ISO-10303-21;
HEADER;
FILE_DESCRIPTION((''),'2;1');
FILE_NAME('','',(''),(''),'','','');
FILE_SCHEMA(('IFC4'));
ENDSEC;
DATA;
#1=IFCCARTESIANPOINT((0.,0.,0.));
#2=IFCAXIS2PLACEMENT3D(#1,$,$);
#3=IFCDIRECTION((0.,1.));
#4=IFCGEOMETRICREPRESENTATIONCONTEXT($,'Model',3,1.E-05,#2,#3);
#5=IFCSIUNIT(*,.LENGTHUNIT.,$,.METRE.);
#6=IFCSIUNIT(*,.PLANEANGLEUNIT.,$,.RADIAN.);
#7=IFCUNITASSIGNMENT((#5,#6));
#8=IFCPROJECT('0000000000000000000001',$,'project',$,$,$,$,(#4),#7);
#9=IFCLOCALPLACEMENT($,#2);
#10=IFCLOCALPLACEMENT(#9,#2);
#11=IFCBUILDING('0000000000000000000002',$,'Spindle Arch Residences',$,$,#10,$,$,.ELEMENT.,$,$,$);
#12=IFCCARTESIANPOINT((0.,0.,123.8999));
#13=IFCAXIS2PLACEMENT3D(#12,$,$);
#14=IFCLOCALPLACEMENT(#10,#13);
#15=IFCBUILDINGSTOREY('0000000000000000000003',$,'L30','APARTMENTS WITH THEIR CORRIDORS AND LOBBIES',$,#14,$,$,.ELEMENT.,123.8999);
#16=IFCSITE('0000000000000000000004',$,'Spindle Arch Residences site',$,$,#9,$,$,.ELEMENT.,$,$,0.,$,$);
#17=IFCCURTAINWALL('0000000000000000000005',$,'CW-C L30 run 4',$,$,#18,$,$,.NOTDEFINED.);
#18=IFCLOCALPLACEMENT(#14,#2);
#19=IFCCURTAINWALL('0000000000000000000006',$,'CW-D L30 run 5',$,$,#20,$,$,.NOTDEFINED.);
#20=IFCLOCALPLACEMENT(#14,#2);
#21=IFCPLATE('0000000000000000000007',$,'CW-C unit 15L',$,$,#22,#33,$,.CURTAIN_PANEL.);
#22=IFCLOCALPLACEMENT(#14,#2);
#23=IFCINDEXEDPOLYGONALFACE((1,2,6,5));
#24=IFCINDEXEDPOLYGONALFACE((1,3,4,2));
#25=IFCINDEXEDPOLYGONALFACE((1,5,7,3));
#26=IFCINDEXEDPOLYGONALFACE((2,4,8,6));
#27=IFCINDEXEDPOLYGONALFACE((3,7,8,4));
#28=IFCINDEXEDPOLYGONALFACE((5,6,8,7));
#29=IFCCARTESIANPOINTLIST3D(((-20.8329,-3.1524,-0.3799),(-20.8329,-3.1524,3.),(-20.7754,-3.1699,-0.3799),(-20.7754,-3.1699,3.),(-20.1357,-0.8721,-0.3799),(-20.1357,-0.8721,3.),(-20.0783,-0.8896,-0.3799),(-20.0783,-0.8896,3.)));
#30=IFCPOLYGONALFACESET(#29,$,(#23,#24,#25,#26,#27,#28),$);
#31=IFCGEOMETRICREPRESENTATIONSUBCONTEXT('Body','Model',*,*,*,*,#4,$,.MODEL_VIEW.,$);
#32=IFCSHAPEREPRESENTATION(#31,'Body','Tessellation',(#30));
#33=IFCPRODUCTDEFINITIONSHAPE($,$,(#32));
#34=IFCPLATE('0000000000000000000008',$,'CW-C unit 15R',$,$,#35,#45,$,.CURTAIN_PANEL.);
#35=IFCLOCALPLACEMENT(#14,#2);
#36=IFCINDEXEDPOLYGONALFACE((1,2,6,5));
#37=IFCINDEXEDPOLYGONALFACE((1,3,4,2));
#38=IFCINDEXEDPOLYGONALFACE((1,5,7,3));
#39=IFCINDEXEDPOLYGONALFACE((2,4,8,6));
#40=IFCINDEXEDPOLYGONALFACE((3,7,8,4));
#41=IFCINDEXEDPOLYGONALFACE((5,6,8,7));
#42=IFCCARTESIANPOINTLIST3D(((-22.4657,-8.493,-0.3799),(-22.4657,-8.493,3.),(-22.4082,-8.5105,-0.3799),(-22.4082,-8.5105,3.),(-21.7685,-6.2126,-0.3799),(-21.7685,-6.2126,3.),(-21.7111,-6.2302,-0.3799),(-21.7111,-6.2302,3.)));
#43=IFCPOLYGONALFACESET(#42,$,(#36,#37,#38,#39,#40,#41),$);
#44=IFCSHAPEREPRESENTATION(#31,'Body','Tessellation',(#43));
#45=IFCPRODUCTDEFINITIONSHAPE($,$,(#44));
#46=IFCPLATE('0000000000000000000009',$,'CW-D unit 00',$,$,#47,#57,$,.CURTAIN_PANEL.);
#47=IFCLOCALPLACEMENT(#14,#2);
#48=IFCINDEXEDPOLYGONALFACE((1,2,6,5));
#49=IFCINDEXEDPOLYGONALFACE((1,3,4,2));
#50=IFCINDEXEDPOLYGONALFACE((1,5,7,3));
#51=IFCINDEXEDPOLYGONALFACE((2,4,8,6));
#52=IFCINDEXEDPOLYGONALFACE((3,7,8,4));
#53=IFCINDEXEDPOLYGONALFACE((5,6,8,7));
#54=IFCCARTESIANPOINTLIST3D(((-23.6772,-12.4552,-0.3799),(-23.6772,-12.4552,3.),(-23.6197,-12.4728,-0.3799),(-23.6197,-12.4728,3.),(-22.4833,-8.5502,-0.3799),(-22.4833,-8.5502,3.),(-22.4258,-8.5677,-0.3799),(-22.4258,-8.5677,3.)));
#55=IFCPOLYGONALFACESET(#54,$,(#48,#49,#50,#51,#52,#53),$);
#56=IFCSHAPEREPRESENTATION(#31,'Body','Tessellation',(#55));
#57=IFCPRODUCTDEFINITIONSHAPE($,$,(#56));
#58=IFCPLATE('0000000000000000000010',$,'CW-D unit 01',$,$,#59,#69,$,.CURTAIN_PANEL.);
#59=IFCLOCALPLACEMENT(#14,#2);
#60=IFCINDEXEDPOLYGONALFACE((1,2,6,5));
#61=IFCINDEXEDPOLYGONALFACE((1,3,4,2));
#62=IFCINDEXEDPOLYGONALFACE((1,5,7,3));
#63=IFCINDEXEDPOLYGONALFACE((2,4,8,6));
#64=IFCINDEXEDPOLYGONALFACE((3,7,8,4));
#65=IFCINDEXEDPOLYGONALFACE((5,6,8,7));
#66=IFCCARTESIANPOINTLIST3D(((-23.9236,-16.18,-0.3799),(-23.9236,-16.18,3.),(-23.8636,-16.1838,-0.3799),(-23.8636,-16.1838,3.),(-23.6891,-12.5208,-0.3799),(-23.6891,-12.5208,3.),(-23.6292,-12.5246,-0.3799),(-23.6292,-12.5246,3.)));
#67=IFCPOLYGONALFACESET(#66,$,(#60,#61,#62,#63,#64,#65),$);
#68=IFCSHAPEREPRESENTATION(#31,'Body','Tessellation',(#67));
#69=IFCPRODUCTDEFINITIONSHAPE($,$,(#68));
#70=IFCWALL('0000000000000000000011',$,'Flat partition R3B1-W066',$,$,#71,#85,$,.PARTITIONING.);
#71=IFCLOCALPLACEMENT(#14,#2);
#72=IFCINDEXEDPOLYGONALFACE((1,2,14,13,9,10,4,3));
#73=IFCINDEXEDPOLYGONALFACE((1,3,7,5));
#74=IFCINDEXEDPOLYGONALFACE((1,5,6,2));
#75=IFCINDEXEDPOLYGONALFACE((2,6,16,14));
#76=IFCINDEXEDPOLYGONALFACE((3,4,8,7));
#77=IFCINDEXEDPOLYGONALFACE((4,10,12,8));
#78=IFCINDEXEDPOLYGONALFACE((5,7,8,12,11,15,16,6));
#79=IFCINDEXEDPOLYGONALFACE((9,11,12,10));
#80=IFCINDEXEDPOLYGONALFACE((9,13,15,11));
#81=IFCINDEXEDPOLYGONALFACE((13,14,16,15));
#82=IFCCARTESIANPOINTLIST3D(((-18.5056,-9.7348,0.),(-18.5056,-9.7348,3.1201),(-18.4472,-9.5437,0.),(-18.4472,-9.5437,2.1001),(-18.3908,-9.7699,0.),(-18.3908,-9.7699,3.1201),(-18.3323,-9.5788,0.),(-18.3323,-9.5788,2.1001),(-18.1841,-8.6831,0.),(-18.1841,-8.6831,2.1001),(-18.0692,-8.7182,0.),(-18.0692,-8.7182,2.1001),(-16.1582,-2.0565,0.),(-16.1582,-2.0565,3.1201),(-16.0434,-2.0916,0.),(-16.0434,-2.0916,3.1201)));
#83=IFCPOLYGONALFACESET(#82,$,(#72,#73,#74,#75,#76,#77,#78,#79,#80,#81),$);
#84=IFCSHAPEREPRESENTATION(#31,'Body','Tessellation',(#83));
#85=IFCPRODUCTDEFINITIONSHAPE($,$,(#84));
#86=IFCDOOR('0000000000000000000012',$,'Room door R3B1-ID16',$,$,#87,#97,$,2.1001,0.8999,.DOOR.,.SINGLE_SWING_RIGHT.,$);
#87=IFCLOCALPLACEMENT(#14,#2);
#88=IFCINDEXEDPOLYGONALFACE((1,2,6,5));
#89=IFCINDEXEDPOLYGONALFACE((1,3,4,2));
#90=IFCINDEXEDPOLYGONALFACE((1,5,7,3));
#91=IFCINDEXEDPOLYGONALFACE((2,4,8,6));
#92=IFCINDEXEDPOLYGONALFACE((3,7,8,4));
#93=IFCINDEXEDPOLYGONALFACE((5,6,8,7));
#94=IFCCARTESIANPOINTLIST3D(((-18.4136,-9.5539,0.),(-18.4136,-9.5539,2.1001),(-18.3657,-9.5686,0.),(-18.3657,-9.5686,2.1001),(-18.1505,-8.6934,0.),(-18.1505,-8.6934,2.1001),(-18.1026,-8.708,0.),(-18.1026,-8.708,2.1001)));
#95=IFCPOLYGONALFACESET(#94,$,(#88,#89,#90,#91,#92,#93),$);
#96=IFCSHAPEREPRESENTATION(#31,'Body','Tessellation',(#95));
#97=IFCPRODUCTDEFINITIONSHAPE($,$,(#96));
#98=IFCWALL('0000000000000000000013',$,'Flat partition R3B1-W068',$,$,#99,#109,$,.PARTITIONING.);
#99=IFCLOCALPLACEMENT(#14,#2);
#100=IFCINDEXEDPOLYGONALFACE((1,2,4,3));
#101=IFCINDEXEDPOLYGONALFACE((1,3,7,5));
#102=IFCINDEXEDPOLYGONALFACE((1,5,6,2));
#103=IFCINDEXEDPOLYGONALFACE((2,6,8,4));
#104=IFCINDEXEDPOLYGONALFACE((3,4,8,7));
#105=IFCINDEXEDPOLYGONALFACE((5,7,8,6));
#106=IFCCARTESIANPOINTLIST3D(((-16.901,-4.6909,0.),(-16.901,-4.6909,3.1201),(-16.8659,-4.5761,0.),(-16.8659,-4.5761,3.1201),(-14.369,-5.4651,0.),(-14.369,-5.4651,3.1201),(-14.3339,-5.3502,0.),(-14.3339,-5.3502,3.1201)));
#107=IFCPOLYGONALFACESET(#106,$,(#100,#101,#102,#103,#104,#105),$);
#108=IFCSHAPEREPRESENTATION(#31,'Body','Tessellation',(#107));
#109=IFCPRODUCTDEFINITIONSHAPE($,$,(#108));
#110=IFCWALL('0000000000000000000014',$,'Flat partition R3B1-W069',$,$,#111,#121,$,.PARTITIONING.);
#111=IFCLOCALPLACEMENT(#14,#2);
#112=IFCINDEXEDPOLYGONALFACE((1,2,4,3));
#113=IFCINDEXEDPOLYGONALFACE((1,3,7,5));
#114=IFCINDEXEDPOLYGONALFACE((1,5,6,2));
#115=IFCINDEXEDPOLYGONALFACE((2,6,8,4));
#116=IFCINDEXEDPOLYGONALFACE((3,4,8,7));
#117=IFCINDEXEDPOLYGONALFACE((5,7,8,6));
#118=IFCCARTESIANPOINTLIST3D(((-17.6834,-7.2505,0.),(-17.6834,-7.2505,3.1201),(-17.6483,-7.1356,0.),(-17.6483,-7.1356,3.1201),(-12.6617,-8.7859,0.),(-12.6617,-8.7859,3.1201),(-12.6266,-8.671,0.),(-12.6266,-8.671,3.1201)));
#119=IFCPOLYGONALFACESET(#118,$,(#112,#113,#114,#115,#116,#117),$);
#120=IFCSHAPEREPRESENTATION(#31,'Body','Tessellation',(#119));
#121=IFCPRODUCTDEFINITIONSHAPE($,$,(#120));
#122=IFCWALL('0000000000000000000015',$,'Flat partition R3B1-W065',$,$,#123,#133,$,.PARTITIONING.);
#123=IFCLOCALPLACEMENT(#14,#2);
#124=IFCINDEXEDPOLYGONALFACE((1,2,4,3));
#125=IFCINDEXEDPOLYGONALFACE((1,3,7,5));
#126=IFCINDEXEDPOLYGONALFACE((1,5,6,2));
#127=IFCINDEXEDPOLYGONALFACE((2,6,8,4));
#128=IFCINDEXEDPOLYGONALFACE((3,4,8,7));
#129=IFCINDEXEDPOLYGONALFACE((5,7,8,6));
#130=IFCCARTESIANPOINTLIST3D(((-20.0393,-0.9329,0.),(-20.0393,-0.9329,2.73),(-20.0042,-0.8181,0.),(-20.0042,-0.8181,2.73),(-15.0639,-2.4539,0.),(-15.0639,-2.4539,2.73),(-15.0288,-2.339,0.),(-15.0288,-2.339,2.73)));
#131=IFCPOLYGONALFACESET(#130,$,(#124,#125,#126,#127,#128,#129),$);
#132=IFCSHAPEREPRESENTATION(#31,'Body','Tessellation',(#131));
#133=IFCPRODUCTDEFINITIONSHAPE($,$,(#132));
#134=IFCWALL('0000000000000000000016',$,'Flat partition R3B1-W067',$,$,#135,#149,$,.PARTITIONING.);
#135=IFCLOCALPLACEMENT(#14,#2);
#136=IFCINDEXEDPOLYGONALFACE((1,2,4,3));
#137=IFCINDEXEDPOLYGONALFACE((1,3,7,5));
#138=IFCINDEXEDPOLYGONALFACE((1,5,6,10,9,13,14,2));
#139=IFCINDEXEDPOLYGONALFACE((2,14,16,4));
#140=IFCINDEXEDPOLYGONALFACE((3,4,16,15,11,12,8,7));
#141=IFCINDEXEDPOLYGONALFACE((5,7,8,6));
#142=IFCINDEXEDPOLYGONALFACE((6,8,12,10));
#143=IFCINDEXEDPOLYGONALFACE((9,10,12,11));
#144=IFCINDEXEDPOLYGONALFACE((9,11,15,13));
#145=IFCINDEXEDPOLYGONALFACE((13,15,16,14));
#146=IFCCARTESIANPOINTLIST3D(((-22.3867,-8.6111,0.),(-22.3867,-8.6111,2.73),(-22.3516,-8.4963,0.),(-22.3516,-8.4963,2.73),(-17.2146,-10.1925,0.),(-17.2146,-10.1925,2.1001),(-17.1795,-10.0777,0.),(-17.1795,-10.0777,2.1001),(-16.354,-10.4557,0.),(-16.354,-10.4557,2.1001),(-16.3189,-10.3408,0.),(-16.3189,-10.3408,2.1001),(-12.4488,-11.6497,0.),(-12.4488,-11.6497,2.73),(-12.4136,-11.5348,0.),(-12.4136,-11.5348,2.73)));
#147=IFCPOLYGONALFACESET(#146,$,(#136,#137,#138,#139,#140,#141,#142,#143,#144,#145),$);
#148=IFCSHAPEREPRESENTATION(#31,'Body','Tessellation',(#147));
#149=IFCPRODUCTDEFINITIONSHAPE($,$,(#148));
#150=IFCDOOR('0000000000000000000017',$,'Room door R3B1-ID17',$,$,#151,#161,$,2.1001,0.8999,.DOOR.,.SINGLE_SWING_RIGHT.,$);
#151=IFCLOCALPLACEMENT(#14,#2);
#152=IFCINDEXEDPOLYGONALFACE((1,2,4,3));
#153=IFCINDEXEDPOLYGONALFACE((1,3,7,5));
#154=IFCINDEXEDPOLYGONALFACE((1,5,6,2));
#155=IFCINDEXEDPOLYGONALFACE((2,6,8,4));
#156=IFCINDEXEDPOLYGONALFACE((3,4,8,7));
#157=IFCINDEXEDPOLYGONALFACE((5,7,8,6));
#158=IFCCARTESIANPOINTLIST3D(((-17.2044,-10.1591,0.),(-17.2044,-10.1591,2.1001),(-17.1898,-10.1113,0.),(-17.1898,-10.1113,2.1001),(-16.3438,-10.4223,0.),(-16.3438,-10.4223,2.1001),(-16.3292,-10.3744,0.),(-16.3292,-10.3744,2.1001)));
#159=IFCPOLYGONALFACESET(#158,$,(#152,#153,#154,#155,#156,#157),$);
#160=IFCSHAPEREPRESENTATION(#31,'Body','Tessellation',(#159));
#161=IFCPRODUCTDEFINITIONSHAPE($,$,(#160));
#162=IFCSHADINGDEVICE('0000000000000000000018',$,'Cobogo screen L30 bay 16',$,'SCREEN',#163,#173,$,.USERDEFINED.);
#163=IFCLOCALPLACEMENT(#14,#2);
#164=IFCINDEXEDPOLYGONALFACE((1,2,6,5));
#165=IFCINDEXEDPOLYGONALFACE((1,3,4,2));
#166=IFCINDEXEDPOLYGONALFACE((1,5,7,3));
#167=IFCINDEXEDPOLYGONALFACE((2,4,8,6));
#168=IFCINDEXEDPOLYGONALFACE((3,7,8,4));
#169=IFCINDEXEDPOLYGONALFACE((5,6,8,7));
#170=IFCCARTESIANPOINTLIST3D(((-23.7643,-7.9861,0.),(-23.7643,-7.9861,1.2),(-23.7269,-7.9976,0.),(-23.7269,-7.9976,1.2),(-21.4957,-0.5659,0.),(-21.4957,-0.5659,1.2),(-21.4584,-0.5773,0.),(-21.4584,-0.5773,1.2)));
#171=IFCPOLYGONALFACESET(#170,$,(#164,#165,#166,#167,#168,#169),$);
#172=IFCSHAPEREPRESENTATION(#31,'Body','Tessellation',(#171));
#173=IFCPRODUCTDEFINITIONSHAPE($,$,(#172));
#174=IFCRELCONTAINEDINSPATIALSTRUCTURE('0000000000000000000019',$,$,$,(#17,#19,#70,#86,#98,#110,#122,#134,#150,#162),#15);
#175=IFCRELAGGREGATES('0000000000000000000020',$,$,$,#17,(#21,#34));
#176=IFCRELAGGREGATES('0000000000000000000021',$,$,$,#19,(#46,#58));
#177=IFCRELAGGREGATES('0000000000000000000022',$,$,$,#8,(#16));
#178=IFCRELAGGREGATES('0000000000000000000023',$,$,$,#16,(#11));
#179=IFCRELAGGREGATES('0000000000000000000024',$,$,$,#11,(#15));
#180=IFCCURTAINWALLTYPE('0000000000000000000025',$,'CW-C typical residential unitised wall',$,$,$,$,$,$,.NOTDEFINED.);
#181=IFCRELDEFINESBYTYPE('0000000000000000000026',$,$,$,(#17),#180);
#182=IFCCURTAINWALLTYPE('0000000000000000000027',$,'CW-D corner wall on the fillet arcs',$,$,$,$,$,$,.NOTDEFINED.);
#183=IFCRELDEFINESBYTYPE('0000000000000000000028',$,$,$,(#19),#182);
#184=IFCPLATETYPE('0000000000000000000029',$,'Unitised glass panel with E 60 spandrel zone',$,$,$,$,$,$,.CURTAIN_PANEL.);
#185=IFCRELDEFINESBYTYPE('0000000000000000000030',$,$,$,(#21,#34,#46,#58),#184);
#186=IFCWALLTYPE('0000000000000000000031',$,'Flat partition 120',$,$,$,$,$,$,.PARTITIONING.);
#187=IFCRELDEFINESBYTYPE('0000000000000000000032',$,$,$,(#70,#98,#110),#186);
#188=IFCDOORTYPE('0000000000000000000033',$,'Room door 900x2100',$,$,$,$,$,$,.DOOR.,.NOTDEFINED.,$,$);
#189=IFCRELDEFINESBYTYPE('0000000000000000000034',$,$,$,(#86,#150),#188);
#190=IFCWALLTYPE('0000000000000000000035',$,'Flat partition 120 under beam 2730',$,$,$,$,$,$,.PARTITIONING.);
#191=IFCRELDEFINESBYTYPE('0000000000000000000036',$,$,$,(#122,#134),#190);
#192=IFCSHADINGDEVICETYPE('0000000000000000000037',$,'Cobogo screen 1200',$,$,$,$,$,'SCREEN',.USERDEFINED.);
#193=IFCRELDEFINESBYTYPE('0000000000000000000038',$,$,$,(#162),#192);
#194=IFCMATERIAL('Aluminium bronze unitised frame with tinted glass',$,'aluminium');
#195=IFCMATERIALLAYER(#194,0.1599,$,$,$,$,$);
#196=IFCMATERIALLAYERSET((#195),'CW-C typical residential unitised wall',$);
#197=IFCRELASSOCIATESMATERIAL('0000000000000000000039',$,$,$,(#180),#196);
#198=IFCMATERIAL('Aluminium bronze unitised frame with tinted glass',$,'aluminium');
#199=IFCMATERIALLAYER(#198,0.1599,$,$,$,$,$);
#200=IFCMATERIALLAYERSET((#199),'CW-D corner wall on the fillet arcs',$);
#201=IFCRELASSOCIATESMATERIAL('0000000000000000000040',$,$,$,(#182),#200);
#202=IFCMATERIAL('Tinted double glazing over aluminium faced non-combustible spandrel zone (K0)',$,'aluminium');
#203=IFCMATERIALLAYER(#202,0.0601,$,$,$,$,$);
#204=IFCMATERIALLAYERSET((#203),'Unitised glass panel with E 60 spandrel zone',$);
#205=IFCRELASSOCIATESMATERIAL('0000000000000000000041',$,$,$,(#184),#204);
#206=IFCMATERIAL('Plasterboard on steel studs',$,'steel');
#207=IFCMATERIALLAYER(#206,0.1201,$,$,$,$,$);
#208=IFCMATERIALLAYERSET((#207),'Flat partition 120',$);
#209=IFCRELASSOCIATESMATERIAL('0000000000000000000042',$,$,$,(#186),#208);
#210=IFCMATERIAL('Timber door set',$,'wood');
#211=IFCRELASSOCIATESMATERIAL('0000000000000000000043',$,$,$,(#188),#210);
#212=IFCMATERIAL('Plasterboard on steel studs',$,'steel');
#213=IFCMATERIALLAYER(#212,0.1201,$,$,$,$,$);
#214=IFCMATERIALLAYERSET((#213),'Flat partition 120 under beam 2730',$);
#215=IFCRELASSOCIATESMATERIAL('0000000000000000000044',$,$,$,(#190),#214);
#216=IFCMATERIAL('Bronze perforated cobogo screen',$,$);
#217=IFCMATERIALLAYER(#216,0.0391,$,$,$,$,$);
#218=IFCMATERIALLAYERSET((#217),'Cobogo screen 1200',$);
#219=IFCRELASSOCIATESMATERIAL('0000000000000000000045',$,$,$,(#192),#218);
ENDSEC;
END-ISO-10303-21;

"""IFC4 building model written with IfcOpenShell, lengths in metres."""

from ifc_helpers import new_model, si_unit, direction, frame, frame_2d, origin, origin_2d, place, context, subcontext, project, spatial, rectangle, extrude, material, layer, layer_set, type_object, element, fill, aggregate, save


model = new_model("IFC4")

# Units and contexts
model_context = context("Model", 3, precision=1e-05, world=origin(), true_north=direction((0.0, 1.0)))
body_context = subcontext(model_context, "Body", "Model", "MODEL_VIEW")
ifc_project = project(units=[si_unit("LENGTHUNIT", "METRE"), si_unit("PLANEANGLEUNIT", "RADIAN")], contexts=[model_context])

# Site, building, storey
site_placement = place(None, origin())
site = spatial("IfcSite", under=ifc_project, at=site_placement, Name="Spindle Arch Residences site", CompositionType="ELEMENT", RefElevation=0.0)
building_placement = place(site_placement, origin())
building = spatial("IfcBuilding", under=site, at=building_placement, Name="Spindle Arch Residences", CompositionType="ELEMENT")
storey_placement = place(building_placement, frame((0.0, 0.0, 123.8999)))
storey = spatial("IfcBuildingStorey", under=building, at=storey_placement, Name="L30", Description="APARTMENTS WITH THEIR CORRIDORS AND LOBBIES", CompositionType="ELEMENT", Elevation=123.8999)

# Curtain wall
ifc_material_1 = material(Name="Aluminium bronze unitised frame with tinted glass", Category="aluminium")
ifc_layer_1 = layer(ifc_material_1, 0.1599)
ifc_layer_set_1 = layer_set([ifc_layer_1], Name="CW-C typical residential unitised wall")
curtain_wall_type_1 = type_object("IfcCurtainWallType", Name="CW-C typical residential unitised wall", PredefinedType="NOTDEFINED", material=ifc_layer_set_1)
curtain_wall_1_placement = place(storey_placement, origin())
curtain_wall_1 = element("IfcCurtainWall", 1, at=curtain_wall_1_placement, inside=storey, type_object=curtain_wall_type_1, Name="CW-C L30 run 4", PredefinedType="NOTDEFINED")

# Curtain wall
ifc_material_2 = material(Name="Aluminium bronze unitised frame with tinted glass", Category="aluminium")
ifc_layer_2 = layer(ifc_material_2, 0.1599)
ifc_layer_set_2 = layer_set([ifc_layer_2], Name="CW-D corner wall on the fillet arcs")
curtain_wall_type_2 = type_object("IfcCurtainWallType", Name="CW-D corner wall on the fillet arcs", PredefinedType="NOTDEFINED", material=ifc_layer_set_2)
curtain_wall_2_placement = place(storey_placement, origin())
curtain_wall_2 = element("IfcCurtainWall", 2, at=curtain_wall_2_placement, inside=storey, type_object=curtain_wall_type_2, Name="CW-D L30 run 5", PredefinedType="NOTDEFINED")

# Plates
ifc_material_3 = material(Name="Tinted double glazing over aluminium faced non-combustible spandrel zone (K0)", Category="aluminium")
ifc_layer_3 = layer(ifc_material_3, 0.0601)
ifc_layer_set_3 = layer_set([ifc_layer_3], Name="Unitised glass panel with E 60 spandrel zone")
plate_type = type_object("IfcPlateType", Name="Unitised glass panel with E 60 spandrel zone", PredefinedType="CURTAIN_PANEL", material=ifc_layer_set_3)
plate_1_placement = place(storey_placement, frame((-20.4556, -2.021, -0.3799), z_axis=(0.0, 0.0, 1.0), x_axis=(-0.292372, -0.956305, 0.0)))
plate_1 = element("IfcPlate", 3, at=plate_1_placement, type_object=plate_type, Name="CW-C unit 15L", PredefinedType="CURTAIN_PANEL", context=body_context, shape_type="SweptSolid", body=[
    extrude(rectangle(XDim=2.3845, YDim=0.0601, at=origin_2d()), origin(), (0.0, 0.0, 1.0), 3.3799),
])
plate_2_placement = place(storey_placement, frame((-22.0884, -7.3616, -0.3799), z_axis=(0.0, 0.0, 1.0), x_axis=(-0.292372, -0.956305, 0.0)))
plate_2 = element("IfcPlate", 4, at=plate_2_placement, type_object=plate_type, Name="CW-C unit 15R", PredefinedType="CURTAIN_PANEL", context=body_context, shape_type="SweptSolid", body=[
    extrude(rectangle(XDim=2.3845, YDim=0.0601, at=origin_2d()), origin(), (0.0, 0.0, 1.0), 3.3799),
])
aggregate(curtain_wall_1, [plate_1, plate_2])
plate_3_placement = place(storey_placement, frame((-23.0515, -10.5115, -0.3799), z_axis=(0.0, 0.0, 1.0), x_axis=(-0.292372, -0.956305, 0.0)))
plate_3 = element("IfcPlate", 5, at=plate_3_placement, type_object=plate_type, Name="CW-D unit 00", PredefinedType="CURTAIN_PANEL", context=body_context, shape_type="SweptSolid", body=[
    extrude(rectangle(XDim=4.0835, YDim=0.0601, at=origin_2d()), origin(), (0.0, 0.0, 1.0), 3.3799),
])
plate_4_placement = place(storey_placement, frame((-23.7764, -14.3523, -0.3799), z_axis=(0.0, 0.0, 1.0), x_axis=(-0.063952, -0.997953, 0.0)))
plate_4 = element("IfcPlate", 6, at=plate_4_placement, type_object=plate_type, Name="CW-D unit 01", PredefinedType="CURTAIN_PANEL", context=body_context, shape_type="SweptSolid", body=[
    extrude(rectangle(XDim=3.6667, YDim=0.0601, at=origin_2d()), origin(), (0.0, 0.0, 1.0), 3.3799),
])
aggregate(curtain_wall_2, [plate_3, plate_4])

# Wall, opening, door
ifc_material_4 = material(Name="Plasterboard on steel studs", Category="steel")
ifc_layer_4 = layer(ifc_material_4, 0.1201)
ifc_layer_set_4 = layer_set([ifc_layer_4], Name="Flat partition 120")
wall_type_1 = type_object("IfcWallType", Name="Flat partition 120", PredefinedType="PARTITIONING", material=ifc_layer_set_4)
wall_1_placement = place(storey_placement, frame((-18.4482, -9.7524, 0.0), z_axis=(0.0, 0.0, 1.0), x_axis=(0.292365, 0.956307, 0.0)))
wall_1 = element("IfcWall", 7, at=wall_1_placement, inside=storey, type_object=wall_type_1, Name="Flat partition R3B1-W066", PredefinedType="PARTITIONING", context=body_context, shape_type="SweptSolid", body=[
    extrude(rectangle(XDim=8.0291, YDim=0.1201, at=frame_2d((4.0146, 0.0))), origin(), (0.0, 0.0, 1.0), 3.1201),
])
opening_1_placement = place(wall_1_placement, frame((0.2, 0.0, 0.0)))
opening_1 = element("IfcOpeningElement", 8, at=opening_1_placement, cuts=wall_1, PredefinedType="OPENING", context=body_context, shape_type="SweptSolid", body=[
    extrude(rectangle(XDim=0.8999, YDim=2.1001, at=frame_2d((0.45, 1.05))), frame((0.0, 0.0701, 0.0), z_axis=(0.0, -1.0, 0.0), x_axis=(1.0, 0.0, 0.0)), (0.0, 0.0, 1.0), 0.1401),
])
ifc_material_5 = material(Name="Timber door set", Category="wood")
door_type_1 = type_object("IfcDoorType", Name="Room door 900x2100", OperationType="NOTDEFINED", PredefinedType="DOOR", material=ifc_material_5)
door_1_placement = place(opening_1_placement, origin())
door_1 = element("IfcDoor", 9, at=door_1_placement, inside=storey, type_object=door_type_1, Name="Room door R3B1-ID16", OperationType="SINGLE_SWING_RIGHT", OverallHeight=2.1001, OverallWidth=0.8999, PredefinedType="DOOR", context=body_context, shape_type="SweptSolid", body=[
    extrude(rectangle(XDim=0.8999, YDim=2.1001, at=frame_2d((0.45, 1.05))), frame((0.0, 0.0249, 0.0), z_axis=(0.0, -1.0, 0.0), x_axis=(1.0, 0.0, 0.0)), (0.0, 0.0, 1.0), 0.05),
])
fill(opening_1, door_1)

# Walls
wall_2_placement = place(storey_placement, frame((-16.8833, -4.6335, 0.0), z_axis=(0.0, 0.0, 1.0), x_axis=(0.956298, -0.292394, 0.0)))
element("IfcWall", 10, at=wall_2_placement, inside=storey, type_object=wall_type_1, Name="Flat partition R3B1-W068", PredefinedType="PARTITIONING", context=body_context, shape_type="SweptSolid", body=[
    extrude(rectangle(XDim=2.6477, YDim=0.1201, at=frame_2d((1.3237, 0.0))), origin(), (0.0, 0.0, 1.0), 3.1201),
])
wall_3_placement = place(storey_placement, frame((-17.6658, -7.1931, 0.0), z_axis=(0.0, 0.0, 1.0), x_axis=(0.956299, -0.29239, 0.0)))
element("IfcWall", 11, at=wall_3_placement, inside=storey, type_object=wall_type_1, Name="Flat partition R3B1-W069", PredefinedType="PARTITIONING", context=body_context, shape_type="SweptSolid", body=[
    extrude(rectangle(XDim=5.2512, YDim=0.1201, at=frame_2d((2.6255, 0.0))), origin(), (0.0, 0.0, 1.0), 3.1201),
])
ifc_material_6 = material(Name="Plasterboard on steel studs", Category="steel")
ifc_layer_5 = layer(ifc_material_6, 0.1201)
ifc_layer_set_5 = layer_set([ifc_layer_5], Name="Flat partition 120 under beam 2730")
wall_type_2 = type_object("IfcWallType", Name="Flat partition 120 under beam 2730", PredefinedType="PARTITIONING", material=ifc_layer_set_5)
wall_4_placement = place(storey_placement, frame((-20.0217, -0.8755, 0.0), z_axis=(0.0, 0.0, 1.0), x_axis=(0.956311, -0.292351, 0.0)))
element("IfcWall", 12, at=wall_4_placement, inside=storey, type_object=wall_type_2, Name="Flat partition R3B1-W065", PredefinedType="PARTITIONING", context=body_context, shape_type="SweptSolid", body=[
    extrude(rectangle(XDim=5.2026, YDim=0.1201, at=frame_2d((2.6013, 0.0))), origin(), (0.0, 0.0, 1.0), 2.73),
])

# Wall, opening, door
wall_5_placement = place(storey_placement, frame((-22.3691, -8.5537, 0.0), z_axis=(0.0, 0.0, 1.0), x_axis=(0.956299, -0.292392, 0.0)))
wall_5 = element("IfcWall", 13, at=wall_5_placement, inside=storey, type_object=wall_type_2, Name="Flat partition R3B1-W067", PredefinedType="PARTITIONING", context=body_context, shape_type="SweptSolid", body=[
    extrude(rectangle(XDim=10.3921, YDim=0.1201, at=frame_2d((5.196, 0.0))), origin(), (0.0, 0.0, 1.0), 2.73),
])
opening_2_placement = place(wall_5_placement, frame((5.4084, 0.0, 0.0)))
opening_2 = element("IfcOpeningElement", 14, at=opening_2_placement, cuts=wall_5, PredefinedType="OPENING", context=body_context, shape_type="SweptSolid", body=[
    extrude(rectangle(XDim=0.8999, YDim=2.1001, at=frame_2d((0.45, 1.05))), frame((0.0, 0.0701, 0.0), z_axis=(0.0, -1.0, 0.0), x_axis=(1.0, 0.0, 0.0)), (0.0, 0.0, 1.0), 0.1401),
])
door_2_placement = place(opening_2_placement, origin())
door_2 = element("IfcDoor", 15, at=door_2_placement, inside=storey, type_object=door_type_1, Name="Room door R3B1-ID17", OperationType="SINGLE_SWING_RIGHT", OverallHeight=2.1001, OverallWidth=0.8999, PredefinedType="DOOR", context=body_context, shape_type="SweptSolid", body=[
    extrude(rectangle(XDim=0.8999, YDim=2.1001, at=frame_2d((0.45, 1.05))), frame((0.0, 0.0249, 0.0), z_axis=(0.0, -1.0, 0.0), x_axis=(1.0, 0.0, 0.0)), (0.0, 0.0, 1.0), 0.05),
])
fill(opening_2, door_2)

# Shading device
ifc_material_7 = material(Name="Bronze perforated cobogo screen")
ifc_layer_6 = layer(ifc_material_7, 0.0391)
ifc_layer_set_6 = layer_set([ifc_layer_6], Name="Cobogo screen 1200")
shading_device_type = type_object("IfcShadingDeviceType", Name="Cobogo screen 1200", ElementType="SCREEN", PredefinedType="USERDEFINED", material=ifc_layer_set_6)
shading_device_placement = place(storey_placement, frame((-22.6113, -4.2817, 0.0), z_axis=(0.0, 0.0, 1.0), x_axis=(-0.292372, -0.956305, 0.0)))
element("IfcShadingDevice", 16, at=shading_device_placement, inside=storey, type_object=shading_device_type, Name="Cobogo screen L30 bay 16", ObjectType="SCREEN", PredefinedType="USERDEFINED", context=body_context, shape_type="SweptSolid", body=[
    extrude(rectangle(XDim=7.7593, YDim=0.0391, at=origin_2d()), origin(), (0.0, 0.0, 1.0), 1.2),
])

save(model, "model.ifc")
